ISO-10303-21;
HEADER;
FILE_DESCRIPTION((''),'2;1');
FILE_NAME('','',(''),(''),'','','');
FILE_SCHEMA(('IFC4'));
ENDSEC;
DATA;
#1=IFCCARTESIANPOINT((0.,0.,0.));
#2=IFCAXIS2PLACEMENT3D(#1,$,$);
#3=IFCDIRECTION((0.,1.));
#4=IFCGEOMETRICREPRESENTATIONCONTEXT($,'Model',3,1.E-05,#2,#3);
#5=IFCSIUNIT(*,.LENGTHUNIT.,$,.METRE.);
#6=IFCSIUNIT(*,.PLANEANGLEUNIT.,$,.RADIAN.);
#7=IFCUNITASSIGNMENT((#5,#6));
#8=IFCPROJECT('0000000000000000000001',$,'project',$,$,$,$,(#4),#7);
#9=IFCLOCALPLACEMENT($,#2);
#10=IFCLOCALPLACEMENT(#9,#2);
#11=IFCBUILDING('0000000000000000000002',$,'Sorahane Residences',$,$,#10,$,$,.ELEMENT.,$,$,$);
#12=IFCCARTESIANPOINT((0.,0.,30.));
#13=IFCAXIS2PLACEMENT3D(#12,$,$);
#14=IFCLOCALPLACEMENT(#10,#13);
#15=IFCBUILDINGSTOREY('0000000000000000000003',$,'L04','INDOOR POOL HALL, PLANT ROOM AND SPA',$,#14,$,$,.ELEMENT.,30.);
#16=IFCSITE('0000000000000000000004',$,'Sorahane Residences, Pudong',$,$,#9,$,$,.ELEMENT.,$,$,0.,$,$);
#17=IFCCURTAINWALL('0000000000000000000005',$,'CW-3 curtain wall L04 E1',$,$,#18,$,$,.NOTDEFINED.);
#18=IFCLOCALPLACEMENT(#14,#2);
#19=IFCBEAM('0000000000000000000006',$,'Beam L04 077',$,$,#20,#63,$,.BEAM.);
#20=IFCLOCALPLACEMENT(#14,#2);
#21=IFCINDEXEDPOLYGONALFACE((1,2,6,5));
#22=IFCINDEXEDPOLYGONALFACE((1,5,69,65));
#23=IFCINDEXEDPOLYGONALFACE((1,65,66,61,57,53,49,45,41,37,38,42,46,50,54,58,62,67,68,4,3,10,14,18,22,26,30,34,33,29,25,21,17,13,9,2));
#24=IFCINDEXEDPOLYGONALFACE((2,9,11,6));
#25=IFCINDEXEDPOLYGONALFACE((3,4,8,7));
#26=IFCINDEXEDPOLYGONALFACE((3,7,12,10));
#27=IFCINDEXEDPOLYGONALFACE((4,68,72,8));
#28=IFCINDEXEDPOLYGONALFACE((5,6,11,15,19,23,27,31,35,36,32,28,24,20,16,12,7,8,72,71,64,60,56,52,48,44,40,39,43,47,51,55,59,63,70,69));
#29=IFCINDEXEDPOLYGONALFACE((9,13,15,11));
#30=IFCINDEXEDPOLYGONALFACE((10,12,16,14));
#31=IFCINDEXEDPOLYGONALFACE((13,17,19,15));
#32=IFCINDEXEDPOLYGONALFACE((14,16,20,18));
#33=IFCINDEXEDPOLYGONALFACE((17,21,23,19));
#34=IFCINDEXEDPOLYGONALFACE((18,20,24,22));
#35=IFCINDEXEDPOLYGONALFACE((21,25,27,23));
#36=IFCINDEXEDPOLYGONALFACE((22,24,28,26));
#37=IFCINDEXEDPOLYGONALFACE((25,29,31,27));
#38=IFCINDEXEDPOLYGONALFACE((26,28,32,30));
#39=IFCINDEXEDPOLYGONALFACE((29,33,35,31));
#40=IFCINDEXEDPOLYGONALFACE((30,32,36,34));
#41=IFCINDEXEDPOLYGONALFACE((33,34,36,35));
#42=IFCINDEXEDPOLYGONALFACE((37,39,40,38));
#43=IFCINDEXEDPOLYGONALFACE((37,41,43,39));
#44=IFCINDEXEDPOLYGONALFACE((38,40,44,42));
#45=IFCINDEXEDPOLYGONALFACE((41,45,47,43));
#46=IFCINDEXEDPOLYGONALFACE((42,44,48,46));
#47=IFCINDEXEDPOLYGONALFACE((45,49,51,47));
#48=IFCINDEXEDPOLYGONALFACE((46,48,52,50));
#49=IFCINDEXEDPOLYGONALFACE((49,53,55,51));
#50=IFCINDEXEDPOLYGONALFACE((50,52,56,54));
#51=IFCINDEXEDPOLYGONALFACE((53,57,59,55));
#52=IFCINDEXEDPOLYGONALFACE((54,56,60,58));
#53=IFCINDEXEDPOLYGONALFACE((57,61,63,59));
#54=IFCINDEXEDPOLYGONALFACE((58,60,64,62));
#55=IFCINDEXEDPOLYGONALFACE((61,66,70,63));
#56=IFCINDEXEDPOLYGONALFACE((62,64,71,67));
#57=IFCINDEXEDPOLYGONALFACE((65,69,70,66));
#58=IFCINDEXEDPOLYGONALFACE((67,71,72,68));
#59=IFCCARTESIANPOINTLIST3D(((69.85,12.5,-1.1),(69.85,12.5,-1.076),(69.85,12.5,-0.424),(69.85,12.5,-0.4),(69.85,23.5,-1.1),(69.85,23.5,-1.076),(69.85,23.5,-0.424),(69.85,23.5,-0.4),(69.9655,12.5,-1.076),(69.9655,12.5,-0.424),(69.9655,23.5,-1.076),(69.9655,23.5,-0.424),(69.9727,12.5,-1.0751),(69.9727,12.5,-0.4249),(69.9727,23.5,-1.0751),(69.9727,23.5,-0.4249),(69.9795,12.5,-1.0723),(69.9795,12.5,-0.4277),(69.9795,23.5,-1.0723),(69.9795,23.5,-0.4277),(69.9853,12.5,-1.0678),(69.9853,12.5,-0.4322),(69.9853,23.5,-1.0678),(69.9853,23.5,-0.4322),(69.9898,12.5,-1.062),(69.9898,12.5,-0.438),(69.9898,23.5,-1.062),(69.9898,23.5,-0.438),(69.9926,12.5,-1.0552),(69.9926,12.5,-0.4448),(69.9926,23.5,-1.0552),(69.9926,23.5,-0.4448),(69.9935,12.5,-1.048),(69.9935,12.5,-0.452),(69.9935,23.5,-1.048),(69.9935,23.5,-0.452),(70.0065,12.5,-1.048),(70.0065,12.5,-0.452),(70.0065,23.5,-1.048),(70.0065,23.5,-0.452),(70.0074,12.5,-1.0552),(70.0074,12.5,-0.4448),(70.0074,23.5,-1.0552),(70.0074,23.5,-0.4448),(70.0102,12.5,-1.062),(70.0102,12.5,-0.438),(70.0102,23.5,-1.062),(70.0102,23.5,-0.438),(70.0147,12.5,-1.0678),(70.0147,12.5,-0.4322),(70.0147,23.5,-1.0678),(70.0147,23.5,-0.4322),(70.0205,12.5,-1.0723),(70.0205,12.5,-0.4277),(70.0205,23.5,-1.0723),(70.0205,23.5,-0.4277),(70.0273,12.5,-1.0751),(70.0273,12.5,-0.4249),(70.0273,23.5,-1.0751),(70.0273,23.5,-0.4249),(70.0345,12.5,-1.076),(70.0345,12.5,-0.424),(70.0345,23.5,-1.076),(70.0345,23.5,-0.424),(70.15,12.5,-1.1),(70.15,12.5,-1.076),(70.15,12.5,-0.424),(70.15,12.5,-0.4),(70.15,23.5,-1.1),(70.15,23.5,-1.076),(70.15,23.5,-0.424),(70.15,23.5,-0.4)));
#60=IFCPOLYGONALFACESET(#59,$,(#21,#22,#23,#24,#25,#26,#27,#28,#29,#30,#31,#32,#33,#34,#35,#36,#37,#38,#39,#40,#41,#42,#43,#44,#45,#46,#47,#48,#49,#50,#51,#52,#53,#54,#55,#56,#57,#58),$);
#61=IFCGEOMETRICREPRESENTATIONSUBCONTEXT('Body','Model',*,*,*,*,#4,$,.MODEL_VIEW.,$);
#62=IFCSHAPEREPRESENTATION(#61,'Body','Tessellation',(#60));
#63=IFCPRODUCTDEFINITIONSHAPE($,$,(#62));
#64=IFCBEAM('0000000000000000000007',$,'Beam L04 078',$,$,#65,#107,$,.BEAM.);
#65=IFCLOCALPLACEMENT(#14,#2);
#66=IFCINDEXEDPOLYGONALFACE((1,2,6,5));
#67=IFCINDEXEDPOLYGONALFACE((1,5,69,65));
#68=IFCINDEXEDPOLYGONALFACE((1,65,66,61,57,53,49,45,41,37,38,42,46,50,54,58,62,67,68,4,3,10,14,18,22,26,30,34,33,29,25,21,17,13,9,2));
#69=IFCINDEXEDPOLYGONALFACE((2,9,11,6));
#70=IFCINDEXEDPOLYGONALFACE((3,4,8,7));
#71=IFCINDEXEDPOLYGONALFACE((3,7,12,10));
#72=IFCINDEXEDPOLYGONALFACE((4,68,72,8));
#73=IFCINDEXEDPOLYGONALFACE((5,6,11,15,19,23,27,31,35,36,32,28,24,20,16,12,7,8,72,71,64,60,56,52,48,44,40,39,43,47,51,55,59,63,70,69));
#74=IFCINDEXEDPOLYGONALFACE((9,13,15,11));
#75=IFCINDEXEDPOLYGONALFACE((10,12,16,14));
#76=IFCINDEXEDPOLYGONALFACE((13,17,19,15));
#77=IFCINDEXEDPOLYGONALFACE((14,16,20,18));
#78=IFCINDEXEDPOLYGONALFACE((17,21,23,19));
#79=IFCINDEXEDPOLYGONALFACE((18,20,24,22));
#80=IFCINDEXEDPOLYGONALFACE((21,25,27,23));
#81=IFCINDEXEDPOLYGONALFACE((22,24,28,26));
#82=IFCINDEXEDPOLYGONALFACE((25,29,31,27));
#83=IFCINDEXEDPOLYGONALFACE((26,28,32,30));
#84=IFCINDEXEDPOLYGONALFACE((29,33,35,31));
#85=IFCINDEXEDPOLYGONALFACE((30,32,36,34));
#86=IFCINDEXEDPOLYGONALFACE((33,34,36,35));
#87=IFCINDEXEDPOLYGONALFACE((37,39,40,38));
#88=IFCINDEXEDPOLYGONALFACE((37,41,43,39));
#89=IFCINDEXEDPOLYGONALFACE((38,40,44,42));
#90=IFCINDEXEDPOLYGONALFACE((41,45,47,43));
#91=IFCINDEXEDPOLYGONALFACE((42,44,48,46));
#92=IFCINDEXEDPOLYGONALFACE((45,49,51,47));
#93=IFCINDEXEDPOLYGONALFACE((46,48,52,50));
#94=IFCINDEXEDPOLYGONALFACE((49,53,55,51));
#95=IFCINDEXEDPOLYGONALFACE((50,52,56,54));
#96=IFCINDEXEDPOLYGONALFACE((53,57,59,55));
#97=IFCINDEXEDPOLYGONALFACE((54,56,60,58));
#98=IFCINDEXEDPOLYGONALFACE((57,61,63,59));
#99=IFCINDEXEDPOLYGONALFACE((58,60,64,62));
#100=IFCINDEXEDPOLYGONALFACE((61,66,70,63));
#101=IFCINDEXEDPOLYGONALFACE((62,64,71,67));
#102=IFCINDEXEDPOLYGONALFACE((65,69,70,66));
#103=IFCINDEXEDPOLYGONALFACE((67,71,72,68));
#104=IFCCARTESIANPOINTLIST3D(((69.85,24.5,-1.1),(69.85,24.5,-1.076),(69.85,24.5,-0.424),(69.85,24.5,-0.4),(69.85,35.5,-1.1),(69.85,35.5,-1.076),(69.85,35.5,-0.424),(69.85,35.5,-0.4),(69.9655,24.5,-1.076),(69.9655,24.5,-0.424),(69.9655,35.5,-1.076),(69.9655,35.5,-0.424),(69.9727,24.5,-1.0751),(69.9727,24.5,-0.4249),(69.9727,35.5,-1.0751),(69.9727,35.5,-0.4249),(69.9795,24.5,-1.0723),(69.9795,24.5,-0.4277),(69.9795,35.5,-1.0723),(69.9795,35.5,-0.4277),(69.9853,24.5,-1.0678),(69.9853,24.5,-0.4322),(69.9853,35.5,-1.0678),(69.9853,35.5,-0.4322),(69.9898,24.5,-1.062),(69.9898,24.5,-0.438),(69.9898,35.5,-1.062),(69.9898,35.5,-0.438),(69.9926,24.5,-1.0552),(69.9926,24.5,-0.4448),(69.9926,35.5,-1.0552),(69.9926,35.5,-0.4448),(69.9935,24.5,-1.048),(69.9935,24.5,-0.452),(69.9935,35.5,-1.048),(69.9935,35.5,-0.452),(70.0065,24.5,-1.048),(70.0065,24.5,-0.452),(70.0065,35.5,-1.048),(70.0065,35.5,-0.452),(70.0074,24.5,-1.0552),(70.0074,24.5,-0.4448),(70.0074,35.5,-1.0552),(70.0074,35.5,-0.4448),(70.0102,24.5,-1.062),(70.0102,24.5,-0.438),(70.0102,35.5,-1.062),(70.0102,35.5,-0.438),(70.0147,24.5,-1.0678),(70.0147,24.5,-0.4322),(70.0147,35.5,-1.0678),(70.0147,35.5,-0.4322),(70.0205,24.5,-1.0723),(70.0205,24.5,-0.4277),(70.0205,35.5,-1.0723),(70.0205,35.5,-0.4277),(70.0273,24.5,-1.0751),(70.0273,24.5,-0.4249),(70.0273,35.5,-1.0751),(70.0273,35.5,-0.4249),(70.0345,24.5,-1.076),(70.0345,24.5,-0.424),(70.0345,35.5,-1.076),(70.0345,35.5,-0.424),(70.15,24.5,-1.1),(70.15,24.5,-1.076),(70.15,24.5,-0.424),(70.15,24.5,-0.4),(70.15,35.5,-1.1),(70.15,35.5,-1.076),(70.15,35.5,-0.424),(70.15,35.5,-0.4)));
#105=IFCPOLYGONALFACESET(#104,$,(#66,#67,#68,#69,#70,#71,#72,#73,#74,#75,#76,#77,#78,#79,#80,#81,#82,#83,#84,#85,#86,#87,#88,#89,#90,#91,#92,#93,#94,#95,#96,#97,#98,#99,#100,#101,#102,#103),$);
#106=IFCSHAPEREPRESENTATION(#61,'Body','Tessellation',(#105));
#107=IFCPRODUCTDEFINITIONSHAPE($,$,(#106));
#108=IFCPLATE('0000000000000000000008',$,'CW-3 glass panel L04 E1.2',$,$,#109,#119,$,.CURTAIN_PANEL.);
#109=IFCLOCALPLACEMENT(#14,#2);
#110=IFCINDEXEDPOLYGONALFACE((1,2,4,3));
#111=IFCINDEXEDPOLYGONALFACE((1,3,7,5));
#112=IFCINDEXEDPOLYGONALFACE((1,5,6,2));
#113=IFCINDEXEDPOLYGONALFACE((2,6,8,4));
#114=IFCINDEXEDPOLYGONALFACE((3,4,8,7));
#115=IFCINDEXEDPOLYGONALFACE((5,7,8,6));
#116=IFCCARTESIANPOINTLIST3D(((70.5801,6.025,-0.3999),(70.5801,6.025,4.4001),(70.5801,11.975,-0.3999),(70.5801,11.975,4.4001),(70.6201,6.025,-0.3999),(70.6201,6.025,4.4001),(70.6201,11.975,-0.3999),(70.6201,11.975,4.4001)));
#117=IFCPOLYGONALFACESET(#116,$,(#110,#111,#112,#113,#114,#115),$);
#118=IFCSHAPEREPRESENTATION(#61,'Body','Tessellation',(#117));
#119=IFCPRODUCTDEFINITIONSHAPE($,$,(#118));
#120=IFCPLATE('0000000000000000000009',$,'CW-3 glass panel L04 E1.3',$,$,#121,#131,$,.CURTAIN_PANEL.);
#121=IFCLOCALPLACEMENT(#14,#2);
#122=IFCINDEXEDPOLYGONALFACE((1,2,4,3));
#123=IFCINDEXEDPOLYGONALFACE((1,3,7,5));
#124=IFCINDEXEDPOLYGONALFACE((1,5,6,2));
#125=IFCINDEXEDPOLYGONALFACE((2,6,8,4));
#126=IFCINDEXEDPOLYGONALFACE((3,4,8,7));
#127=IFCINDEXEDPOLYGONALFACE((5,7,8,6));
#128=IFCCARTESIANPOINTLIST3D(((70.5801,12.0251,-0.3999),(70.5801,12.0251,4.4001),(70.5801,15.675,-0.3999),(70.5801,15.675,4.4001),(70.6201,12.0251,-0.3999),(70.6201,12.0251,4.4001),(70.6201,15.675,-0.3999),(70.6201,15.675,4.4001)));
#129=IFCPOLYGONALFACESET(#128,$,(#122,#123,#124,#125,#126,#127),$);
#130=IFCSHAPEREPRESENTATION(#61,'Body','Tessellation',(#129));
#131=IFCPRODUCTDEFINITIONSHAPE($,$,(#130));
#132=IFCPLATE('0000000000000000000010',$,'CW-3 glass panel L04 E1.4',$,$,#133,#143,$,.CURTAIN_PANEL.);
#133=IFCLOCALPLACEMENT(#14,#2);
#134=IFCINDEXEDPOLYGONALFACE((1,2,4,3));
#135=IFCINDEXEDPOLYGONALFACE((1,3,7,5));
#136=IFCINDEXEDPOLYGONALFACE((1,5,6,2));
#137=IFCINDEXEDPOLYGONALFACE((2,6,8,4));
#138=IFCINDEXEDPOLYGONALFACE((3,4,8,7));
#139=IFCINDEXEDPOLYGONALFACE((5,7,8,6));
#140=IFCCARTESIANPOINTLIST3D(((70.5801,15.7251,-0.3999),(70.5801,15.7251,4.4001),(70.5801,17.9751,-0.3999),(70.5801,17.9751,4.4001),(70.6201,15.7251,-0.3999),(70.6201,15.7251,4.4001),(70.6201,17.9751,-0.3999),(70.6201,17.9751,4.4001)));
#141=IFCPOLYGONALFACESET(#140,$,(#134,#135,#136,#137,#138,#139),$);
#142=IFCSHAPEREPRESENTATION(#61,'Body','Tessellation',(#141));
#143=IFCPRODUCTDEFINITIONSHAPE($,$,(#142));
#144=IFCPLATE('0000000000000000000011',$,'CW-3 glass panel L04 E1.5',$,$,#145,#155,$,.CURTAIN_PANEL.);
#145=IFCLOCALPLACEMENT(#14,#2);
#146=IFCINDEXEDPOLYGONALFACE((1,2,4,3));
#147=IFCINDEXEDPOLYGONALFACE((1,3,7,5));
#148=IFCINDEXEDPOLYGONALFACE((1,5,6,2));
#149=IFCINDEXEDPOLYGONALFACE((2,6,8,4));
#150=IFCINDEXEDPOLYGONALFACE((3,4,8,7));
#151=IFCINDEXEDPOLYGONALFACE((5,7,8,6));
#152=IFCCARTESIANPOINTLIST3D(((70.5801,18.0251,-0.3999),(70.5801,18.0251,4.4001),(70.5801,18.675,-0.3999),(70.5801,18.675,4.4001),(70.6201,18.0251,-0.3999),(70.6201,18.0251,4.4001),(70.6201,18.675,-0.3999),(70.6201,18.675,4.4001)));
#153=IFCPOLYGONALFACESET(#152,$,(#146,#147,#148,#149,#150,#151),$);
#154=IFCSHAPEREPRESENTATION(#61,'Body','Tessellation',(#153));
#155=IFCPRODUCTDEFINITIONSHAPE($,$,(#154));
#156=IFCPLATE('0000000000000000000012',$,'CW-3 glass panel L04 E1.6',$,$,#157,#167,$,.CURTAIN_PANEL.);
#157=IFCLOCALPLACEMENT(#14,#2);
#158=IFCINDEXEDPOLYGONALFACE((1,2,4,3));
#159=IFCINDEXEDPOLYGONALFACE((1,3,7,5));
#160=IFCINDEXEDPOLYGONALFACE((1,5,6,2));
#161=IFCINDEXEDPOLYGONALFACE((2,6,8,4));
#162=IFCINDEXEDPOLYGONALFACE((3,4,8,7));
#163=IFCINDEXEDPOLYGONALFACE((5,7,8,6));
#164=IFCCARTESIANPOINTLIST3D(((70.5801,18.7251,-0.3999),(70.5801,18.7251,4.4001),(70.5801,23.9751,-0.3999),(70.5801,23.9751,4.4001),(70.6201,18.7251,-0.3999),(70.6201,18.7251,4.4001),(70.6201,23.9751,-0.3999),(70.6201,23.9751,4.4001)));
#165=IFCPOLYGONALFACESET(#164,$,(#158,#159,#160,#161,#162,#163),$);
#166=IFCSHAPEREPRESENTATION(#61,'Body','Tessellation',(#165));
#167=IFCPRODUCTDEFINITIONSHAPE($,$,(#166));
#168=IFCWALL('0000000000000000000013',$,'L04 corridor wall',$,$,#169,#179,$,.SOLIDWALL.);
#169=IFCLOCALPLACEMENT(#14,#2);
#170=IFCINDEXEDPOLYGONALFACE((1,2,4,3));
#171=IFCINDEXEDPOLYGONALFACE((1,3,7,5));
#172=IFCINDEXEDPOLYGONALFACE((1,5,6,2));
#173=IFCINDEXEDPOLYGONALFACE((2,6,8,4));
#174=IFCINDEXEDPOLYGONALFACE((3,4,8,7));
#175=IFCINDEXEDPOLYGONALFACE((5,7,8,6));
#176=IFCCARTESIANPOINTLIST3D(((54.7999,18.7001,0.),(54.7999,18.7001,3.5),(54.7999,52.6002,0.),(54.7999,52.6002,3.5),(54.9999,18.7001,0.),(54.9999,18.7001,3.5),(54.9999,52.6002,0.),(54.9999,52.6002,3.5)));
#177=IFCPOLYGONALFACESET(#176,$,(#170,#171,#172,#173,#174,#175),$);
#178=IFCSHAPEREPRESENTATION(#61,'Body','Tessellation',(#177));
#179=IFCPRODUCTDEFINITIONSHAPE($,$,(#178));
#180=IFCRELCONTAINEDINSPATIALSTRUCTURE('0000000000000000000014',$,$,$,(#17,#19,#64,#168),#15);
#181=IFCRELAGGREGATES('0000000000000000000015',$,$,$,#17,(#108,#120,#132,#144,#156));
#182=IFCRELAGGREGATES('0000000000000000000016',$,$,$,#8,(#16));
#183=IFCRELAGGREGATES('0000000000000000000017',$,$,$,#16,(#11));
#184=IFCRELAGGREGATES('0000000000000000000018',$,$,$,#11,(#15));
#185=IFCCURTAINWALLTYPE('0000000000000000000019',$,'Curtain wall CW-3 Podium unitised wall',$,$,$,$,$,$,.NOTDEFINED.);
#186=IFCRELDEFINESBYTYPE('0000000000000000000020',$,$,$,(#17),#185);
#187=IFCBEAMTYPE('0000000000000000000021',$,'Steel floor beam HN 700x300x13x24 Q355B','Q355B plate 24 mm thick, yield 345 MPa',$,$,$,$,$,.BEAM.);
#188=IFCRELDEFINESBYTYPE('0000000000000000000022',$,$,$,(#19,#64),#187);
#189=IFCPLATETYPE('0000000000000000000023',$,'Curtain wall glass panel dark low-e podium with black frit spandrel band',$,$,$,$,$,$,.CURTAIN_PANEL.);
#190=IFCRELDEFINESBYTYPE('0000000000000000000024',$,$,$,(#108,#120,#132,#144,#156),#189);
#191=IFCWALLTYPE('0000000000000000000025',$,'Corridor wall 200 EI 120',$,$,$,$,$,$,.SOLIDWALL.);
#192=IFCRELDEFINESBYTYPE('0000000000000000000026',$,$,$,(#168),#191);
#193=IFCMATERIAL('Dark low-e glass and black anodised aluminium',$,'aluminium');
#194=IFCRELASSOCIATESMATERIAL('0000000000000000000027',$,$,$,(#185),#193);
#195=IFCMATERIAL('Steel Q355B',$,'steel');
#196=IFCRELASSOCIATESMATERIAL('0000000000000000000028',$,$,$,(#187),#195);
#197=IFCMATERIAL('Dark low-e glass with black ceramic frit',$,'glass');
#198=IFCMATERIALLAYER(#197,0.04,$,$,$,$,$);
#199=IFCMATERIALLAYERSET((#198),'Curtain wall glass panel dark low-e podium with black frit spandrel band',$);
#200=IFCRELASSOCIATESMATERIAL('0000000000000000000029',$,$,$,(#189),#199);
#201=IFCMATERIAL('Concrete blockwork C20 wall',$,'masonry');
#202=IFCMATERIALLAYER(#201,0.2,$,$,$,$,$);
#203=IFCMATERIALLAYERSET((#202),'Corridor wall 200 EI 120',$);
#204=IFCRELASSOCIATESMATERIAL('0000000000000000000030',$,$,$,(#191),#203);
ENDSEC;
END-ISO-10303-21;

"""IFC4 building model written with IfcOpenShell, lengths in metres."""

from ifc_helpers import new_model, si_unit, direction, frame, frame_2d, origin, origin_2d, place, context, subcontext, project, spatial, rectangle, i_section, extrude, material, layer, layer_set, material_profile, profile_set, type_object, element, aggregate, save


model = new_model("IFC4")

# Units and contexts
model_context = context("Model", 3, precision=1e-05, world=origin(), true_north=direction((0.0, 1.0)))
body_context = subcontext(model_context, "Body", "Model", "MODEL_VIEW")
ifc_project = project(units=[si_unit("LENGTHUNIT", "METRE"), si_unit("PLANEANGLEUNIT", "RADIAN")], contexts=[model_context])

# Site, building, storey
site_placement = place(None, origin())
site = spatial("IfcSite", under=ifc_project, at=site_placement, Name="Sorahane Residences, Pudong", CompositionType="ELEMENT", RefElevation=0.0)
building_placement = place(site_placement, origin())
building = spatial("IfcBuilding", under=site, at=building_placement, Name="Sorahane Residences", CompositionType="ELEMENT")
storey_placement = place(building_placement, frame((0.0, 0.0, 30.0)))
storey = spatial("IfcBuildingStorey", under=building, at=storey_placement, Name="L04", Description="INDOOR POOL HALL, PLANT ROOM AND SPA", CompositionType="ELEMENT", Elevation=30.0)

# Curtain wall
ifc_material_1 = material(Name="Dark low-e glass and black anodised aluminium", Category="aluminium")
curtain_wall_type = type_object("IfcCurtainWallType", Name="Curtain wall CW-3 Podium unitised wall", PredefinedType="NOTDEFINED", material=ifc_material_1)
curtain_wall_placement = place(storey_placement, origin())
curtain_wall = element("IfcCurtainWall", 1, at=curtain_wall_placement, inside=storey, type_object=curtain_wall_type, Name="CW-3 curtain wall L04 E1", PredefinedType="NOTDEFINED")

# Beams
ifc_material_2 = material(Name="Steel Q355B", Category="steel")
ifc_material_profile_1 = material_profile(ifc_material_2, i_section(OverallWidth=0.3, OverallDepth=0.7, WebThickness=0.0129, FlangeThickness=0.0239, FilletRadius=0.0281, at=origin_2d()), Name="HN 700x300x13x24")
ifc_profile_set_1 = profile_set([ifc_material_profile_1], Name="Steel Q355B")
beam_type_1 = type_object("IfcBeamType", Name="Steel floor beam HN 700x300x13x24 Q355B", Description="Q355B plate 24 mm thick, yield 345 MPa", PredefinedType="BEAM", material=ifc_profile_set_1)
for number, where, z_axis, x_axis, name in (
    (2, (70.0, 12.5, -0.75), (0.0, 1.0, 0.0), (-1.0, 0.0, 0.0), "Beam L04 077"),
    (3, (70.0, 24.5, -0.75), (0.0, 1.0, 0.0), (-1.0, 0.0, 0.0), "Beam L04 078"),
):
    element("IfcBeam", number, at=place(storey_placement, frame(where, z_axis=z_axis, x_axis=x_axis)), inside=storey, type_object=beam_type_1, Name=name, PredefinedType="BEAM", context=body_context, shape_type="SweptSolid", body=[
        extrude(i_section(OverallWidth=0.3, OverallDepth=0.7, WebThickness=0.0129, FlangeThickness=0.0239, FilletRadius=0.0281, at=origin_2d()), origin(), (0.0, 0.0, 1.0), 11.0),
    ])

# Plates
ifc_material_3 = material(Name="Dark low-e glass with black ceramic frit", Category="glass")
ifc_layer_1 = layer(ifc_material_3, 0.04)
ifc_layer_set_1 = layer_set([ifc_layer_1], Name="Curtain wall glass panel dark low-e podium with black frit spandrel band")
plate_type = type_object("IfcPlateType", Name="Curtain wall glass panel dark low-e podium with black frit spandrel band", PredefinedType="CURTAIN_PANEL", material=ifc_layer_set_1)
plate_1_placement = place(storey_placement, frame((70.6001, 9.0, -0.3999), z_axis=(0.0, 0.0, 1.0), x_axis=(0.0, 1.0, 0.0)))
plate_1 = element("IfcPlate", 4, at=plate_1_placement, type_object=plate_type, Name="CW-3 glass panel L04 E1.2", PredefinedType="CURTAIN_PANEL", context=body_context, shape_type="SweptSolid", body=[
    extrude(rectangle(XDim=5.95, YDim=0.04, at=origin_2d()), origin(), (0.0, 0.0, 1.0), 4.8),
])
plate_2_placement = place(storey_placement, frame((70.6001, 13.8501, -0.3999), z_axis=(0.0, 0.0, 1.0), x_axis=(0.0, 1.0, 0.0)))
plate_2 = element("IfcPlate", 5, at=plate_2_placement, type_object=plate_type, Name="CW-3 glass panel L04 E1.3", PredefinedType="CURTAIN_PANEL", context=body_context, shape_type="SweptSolid", body=[
    extrude(rectangle(XDim=3.6499, YDim=0.04, at=origin_2d()), origin(), (0.0, 0.0, 1.0), 4.8),
])
plate_3_placement = place(storey_placement, frame((70.6001, 16.8501, -0.3999), z_axis=(0.0, 0.0, 1.0), x_axis=(0.0, 1.0, 0.0)))
plate_3 = element("IfcPlate", 6, at=plate_3_placement, type_object=plate_type, Name="CW-3 glass panel L04 E1.4", PredefinedType="CURTAIN_PANEL", context=body_context, shape_type="SweptSolid", body=[
    extrude(rectangle(XDim=2.25, YDim=0.04, at=origin_2d()), origin(), (0.0, 0.0, 1.0), 4.8),
])
plate_4_placement = place(storey_placement, frame((70.6001, 18.3501, -0.3999), z_axis=(0.0, 0.0, 1.0), x_axis=(0.0, 1.0, 0.0)))
plate_4 = element("IfcPlate", 7, at=plate_4_placement, type_object=plate_type, Name="CW-3 glass panel L04 E1.5", PredefinedType="CURTAIN_PANEL", context=body_context, shape_type="SweptSolid", body=[
    extrude(rectangle(XDim=0.6499, YDim=0.04, at=origin_2d()), origin(), (0.0, 0.0, 1.0), 4.8),
])
plate_5_placement = place(storey_placement, frame((70.6001, 21.3501, -0.3999), z_axis=(0.0, 0.0, 1.0), x_axis=(0.0, 1.0, 0.0)))
plate_5 = element("IfcPlate", 8, at=plate_5_placement, type_object=plate_type, Name="CW-3 glass panel L04 E1.6", PredefinedType="CURTAIN_PANEL", context=body_context, shape_type="SweptSolid", body=[
    extrude(rectangle(XDim=5.25, YDim=0.04, at=origin_2d()), origin(), (0.0, 0.0, 1.0), 4.8),
])
aggregate(curtain_wall, [plate_1, plate_2, plate_3, plate_4, plate_5])

# Wall
ifc_material_4 = material(Name="Concrete blockwork C20 wall", Category="masonry")
ifc_layer_2 = layer(ifc_material_4, 0.2)
ifc_layer_set_2 = layer_set([ifc_layer_2], Name="Corridor wall 200 EI 120")
wall_type = type_object("IfcWallType", Name="Corridor wall 200 EI 120", PredefinedType="SOLIDWALL", material=ifc_layer_set_2)
wall_1_placement = place(storey_placement, frame((54.8999, 18.7, 0.0), z_axis=(0.0, 0.0, 1.0), x_axis=(0.0, 1.0, 0.0)))
element("IfcWall", 9, at=wall_1_placement, inside=storey, type_object=wall_type, Name="L04 corridor wall", PredefinedType="SOLIDWALL", context=body_context, shape_type="SweptSolid", body=[
    extrude(rectangle(XDim=33.9001, YDim=0.2, at=frame_2d((16.9502, 0.0))), origin(), (0.0, 0.0, 1.0), 3.5),
])

save(model, "model.ifc")
